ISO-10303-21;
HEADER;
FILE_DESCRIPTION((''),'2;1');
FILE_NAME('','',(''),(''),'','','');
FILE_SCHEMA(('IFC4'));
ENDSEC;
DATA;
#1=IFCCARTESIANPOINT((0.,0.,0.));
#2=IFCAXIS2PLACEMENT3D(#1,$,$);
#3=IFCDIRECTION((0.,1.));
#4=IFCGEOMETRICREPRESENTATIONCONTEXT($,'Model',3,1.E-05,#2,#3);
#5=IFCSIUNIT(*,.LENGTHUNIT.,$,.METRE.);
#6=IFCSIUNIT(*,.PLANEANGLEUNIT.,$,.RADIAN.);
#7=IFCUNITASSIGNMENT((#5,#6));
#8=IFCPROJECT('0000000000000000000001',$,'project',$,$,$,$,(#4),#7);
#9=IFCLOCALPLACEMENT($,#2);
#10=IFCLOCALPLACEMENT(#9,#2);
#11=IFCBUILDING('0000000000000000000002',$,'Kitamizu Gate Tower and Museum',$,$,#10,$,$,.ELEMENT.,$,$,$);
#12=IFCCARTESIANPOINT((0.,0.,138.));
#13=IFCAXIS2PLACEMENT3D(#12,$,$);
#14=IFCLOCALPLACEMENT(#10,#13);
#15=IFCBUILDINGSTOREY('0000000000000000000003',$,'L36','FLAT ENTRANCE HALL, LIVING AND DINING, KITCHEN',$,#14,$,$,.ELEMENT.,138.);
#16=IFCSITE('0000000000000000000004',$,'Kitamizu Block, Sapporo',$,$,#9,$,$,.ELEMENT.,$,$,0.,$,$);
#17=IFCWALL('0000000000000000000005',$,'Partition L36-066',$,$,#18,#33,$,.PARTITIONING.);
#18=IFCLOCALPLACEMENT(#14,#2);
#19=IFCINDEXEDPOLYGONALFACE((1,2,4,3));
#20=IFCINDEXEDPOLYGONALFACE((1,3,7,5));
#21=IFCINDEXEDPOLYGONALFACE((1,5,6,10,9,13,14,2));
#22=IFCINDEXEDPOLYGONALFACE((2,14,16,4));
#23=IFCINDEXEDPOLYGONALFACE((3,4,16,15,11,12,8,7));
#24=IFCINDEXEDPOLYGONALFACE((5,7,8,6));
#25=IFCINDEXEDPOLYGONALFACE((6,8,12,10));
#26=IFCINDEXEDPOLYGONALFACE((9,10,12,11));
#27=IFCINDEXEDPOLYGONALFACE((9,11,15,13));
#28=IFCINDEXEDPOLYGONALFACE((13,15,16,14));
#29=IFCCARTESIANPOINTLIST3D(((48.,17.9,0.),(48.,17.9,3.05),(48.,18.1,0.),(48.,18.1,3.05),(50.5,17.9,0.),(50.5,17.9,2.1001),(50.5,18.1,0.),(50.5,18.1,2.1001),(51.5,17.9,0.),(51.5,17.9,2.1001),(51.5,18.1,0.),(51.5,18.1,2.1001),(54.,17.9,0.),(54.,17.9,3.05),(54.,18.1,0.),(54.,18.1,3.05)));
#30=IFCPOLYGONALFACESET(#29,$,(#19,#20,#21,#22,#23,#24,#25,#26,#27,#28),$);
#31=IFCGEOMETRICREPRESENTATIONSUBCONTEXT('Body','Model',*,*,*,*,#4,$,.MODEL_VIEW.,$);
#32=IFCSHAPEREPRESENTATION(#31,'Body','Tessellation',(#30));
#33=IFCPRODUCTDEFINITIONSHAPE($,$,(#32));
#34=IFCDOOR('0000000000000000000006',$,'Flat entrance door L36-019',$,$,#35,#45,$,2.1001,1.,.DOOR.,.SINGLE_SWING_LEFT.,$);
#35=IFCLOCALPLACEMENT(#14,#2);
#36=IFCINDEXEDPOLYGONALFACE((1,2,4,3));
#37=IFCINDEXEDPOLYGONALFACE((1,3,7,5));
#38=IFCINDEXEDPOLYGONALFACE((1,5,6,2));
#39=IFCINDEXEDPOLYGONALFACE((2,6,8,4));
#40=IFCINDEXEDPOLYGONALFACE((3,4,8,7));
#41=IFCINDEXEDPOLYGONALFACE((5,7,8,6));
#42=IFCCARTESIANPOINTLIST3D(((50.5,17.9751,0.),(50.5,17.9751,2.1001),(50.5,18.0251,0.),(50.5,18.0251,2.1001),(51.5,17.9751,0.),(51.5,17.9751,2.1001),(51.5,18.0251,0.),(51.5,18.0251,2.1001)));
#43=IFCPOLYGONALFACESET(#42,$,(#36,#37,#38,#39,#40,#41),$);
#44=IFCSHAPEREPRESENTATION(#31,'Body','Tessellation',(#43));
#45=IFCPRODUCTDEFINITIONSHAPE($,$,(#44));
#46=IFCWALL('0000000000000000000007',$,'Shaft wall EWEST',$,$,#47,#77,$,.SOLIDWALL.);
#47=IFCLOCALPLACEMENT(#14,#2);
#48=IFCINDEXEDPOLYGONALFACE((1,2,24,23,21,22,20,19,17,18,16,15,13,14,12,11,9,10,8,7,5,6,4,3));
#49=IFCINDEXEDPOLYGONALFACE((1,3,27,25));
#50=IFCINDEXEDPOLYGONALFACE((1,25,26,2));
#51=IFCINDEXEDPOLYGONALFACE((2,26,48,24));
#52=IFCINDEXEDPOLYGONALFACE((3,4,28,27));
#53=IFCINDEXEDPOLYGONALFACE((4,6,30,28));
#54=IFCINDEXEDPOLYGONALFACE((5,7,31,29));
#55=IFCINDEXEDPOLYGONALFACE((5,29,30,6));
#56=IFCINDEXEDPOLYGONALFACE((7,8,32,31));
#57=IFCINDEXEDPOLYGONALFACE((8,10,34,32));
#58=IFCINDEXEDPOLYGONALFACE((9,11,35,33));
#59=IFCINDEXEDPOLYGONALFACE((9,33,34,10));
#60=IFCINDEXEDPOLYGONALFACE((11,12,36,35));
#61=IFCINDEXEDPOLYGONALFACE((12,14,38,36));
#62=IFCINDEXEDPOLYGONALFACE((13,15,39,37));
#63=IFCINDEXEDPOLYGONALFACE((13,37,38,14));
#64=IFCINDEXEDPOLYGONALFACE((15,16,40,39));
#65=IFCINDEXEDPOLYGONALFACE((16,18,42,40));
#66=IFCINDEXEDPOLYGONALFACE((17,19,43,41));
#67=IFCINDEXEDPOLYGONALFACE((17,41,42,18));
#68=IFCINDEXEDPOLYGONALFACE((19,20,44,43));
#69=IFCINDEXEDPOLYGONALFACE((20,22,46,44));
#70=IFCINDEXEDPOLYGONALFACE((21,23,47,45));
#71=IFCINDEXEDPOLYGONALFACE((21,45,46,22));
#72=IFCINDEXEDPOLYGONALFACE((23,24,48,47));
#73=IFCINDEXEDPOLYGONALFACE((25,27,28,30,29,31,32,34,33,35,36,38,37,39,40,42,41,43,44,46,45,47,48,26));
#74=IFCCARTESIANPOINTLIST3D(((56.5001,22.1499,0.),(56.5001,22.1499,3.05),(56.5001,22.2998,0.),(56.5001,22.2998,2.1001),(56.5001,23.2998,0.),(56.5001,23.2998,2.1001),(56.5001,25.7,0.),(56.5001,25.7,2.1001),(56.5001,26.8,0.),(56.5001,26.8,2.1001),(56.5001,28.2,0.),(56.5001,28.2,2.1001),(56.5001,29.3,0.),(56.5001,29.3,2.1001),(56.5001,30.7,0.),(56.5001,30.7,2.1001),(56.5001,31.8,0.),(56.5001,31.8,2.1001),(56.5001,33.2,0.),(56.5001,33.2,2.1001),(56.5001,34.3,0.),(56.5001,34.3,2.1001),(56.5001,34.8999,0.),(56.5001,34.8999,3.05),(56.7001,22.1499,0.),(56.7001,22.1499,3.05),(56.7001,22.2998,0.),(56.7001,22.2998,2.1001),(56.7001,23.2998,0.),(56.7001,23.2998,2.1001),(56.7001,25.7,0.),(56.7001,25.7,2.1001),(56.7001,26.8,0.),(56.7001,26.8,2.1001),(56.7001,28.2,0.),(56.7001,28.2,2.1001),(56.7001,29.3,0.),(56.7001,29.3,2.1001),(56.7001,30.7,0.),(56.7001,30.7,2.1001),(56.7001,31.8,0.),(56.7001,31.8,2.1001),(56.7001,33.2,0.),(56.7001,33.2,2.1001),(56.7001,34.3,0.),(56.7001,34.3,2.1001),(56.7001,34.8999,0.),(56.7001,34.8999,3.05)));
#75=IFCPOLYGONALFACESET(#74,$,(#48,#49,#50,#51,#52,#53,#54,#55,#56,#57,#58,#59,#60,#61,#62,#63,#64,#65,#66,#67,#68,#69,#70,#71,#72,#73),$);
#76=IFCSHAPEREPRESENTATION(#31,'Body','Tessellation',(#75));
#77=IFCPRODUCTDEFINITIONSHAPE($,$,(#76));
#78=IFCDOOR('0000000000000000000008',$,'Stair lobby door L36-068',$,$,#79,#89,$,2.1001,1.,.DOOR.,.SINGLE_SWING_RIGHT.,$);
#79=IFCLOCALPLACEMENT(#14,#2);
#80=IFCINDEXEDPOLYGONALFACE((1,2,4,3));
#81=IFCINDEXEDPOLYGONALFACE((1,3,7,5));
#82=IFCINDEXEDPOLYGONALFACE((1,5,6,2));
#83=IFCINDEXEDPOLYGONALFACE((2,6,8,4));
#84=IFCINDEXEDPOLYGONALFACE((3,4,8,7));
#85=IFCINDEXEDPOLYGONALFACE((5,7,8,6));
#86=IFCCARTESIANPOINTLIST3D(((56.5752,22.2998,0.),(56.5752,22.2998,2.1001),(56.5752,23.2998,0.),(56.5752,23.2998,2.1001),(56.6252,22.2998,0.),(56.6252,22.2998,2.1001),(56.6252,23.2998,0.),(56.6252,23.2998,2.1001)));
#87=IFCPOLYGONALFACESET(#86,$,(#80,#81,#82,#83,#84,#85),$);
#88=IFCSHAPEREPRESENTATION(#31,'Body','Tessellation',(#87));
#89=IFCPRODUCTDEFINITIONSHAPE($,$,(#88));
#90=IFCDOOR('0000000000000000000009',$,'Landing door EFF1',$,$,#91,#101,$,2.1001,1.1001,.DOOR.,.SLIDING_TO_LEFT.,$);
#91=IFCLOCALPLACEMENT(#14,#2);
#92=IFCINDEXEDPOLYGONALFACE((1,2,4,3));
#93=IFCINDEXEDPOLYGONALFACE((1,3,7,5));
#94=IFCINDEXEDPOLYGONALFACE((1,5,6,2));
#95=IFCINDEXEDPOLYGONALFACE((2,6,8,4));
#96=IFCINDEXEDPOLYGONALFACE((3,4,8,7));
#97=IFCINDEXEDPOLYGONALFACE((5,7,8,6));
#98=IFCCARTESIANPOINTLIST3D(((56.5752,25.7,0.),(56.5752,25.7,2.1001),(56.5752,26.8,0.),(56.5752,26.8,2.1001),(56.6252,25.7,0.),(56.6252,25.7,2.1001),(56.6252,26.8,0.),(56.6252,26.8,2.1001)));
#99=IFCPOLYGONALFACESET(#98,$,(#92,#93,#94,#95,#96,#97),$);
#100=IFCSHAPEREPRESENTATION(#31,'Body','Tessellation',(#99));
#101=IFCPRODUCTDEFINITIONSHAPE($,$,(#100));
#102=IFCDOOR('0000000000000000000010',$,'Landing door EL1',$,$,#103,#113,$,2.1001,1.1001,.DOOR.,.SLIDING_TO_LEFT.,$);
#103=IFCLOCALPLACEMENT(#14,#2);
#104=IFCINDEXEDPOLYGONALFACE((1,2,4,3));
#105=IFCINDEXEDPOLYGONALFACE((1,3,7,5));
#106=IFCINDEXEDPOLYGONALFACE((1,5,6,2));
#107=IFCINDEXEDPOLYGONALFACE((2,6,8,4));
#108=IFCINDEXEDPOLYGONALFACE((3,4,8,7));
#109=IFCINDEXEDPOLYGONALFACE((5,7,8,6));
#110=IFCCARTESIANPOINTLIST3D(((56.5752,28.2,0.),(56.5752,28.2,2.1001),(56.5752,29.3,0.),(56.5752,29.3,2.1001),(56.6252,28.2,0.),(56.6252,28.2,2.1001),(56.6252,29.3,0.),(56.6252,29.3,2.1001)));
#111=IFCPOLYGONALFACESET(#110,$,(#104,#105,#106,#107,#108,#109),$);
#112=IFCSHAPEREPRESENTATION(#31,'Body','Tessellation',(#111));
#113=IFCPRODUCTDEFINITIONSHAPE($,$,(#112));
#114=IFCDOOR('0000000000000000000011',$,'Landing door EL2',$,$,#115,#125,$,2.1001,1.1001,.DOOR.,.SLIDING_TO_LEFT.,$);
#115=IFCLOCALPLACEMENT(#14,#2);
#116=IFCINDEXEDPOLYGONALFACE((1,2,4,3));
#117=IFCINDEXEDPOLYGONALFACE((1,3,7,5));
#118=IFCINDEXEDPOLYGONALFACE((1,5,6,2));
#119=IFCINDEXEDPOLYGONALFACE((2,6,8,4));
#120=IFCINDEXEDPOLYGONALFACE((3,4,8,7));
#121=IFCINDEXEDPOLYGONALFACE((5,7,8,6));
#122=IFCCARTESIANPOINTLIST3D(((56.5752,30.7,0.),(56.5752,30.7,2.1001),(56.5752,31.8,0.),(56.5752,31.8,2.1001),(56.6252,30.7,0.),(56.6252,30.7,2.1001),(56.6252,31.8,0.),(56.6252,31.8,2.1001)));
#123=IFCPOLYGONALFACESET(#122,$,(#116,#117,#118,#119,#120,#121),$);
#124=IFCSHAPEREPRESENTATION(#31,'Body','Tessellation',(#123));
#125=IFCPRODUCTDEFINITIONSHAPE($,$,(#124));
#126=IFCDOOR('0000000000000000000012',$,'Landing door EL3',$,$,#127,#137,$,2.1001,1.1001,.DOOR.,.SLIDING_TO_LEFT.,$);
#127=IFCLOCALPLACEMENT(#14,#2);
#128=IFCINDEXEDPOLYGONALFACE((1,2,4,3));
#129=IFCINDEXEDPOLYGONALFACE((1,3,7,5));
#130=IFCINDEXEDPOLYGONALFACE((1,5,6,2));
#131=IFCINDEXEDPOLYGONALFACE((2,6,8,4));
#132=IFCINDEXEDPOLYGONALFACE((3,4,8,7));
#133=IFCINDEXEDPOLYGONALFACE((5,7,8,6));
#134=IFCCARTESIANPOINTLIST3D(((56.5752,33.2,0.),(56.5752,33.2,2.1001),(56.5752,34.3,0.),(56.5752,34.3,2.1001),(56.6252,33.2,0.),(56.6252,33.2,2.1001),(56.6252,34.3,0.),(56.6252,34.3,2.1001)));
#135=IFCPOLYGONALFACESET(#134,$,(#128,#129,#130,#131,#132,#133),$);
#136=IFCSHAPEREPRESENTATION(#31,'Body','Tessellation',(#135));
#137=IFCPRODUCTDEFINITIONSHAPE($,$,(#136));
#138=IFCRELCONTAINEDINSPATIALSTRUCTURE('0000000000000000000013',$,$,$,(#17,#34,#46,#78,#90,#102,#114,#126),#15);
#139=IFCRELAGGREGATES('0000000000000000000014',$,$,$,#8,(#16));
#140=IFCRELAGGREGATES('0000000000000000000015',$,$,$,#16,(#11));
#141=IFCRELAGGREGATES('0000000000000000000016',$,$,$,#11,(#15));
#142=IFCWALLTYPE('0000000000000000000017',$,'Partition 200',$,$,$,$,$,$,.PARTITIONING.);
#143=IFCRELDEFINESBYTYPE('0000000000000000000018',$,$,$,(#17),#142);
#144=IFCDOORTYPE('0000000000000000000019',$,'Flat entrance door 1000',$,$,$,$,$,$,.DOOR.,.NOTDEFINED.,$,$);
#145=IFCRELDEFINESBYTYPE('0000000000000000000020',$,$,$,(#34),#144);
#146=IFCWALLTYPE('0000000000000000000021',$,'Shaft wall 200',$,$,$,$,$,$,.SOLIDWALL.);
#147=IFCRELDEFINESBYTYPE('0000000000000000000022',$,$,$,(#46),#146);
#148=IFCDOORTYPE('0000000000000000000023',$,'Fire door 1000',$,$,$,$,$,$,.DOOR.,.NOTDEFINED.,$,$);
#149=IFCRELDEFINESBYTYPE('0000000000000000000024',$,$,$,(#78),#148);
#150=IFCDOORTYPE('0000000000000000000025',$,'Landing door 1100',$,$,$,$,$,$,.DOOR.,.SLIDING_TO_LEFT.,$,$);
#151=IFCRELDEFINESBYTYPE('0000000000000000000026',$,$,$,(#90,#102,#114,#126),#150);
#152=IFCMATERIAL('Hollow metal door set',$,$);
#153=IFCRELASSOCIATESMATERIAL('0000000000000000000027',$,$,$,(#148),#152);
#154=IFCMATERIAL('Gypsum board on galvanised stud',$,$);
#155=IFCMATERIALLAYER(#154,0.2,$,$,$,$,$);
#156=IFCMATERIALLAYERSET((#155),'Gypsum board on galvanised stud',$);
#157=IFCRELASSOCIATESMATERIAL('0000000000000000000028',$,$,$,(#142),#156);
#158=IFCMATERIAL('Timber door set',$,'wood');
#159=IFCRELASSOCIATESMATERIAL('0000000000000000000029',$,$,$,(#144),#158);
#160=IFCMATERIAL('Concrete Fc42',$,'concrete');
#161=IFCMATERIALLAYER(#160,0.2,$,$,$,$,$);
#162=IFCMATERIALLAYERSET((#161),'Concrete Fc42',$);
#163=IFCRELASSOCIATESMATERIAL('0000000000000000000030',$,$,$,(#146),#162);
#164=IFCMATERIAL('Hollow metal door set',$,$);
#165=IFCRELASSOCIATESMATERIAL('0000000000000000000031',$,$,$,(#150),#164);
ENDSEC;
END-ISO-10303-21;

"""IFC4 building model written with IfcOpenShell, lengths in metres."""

from ifc_helpers import new_model, si_unit, direction, frame, frame_2d, origin, place, context, subcontext, project, spatial, rectangle, extrude, material, layer, layer_set, type_object, element, fill, save


model = new_model("IFC4")

# Units and contexts
model_context = context("Model", 3, precision=1e-05, world=origin(), true_north=direction((0.0, 1.0)))
body_context = subcontext(model_context, "Body", "Model", "MODEL_VIEW")
ifc_project = project(units=[si_unit("LENGTHUNIT", "METRE"), si_unit("PLANEANGLEUNIT", "RADIAN")], contexts=[model_context])

# Site, building, storey
site_placement = place(None, origin())
site = spatial("IfcSite", under=ifc_project, at=site_placement, Name="Kitamizu Block, Sapporo", CompositionType="ELEMENT", RefElevation=0.0)
building_placement = place(site_placement, origin())
building = spatial("IfcBuilding", under=site, at=building_placement, Name="Kitamizu Gate Tower and Museum", CompositionType="ELEMENT")
storey_placement = place(building_placement, frame((0.0, 0.0, 138.0)))
storey = spatial("IfcBuildingStorey", under=building, at=storey_placement, Name="L36", Description="FLAT ENTRANCE HALL, LIVING AND DINING, KITCHEN", CompositionType="ELEMENT", Elevation=138.0)

# Shared definitions
ifc_material_1 = material(Name="Hollow metal door set")
door_type_1 = type_object("IfcDoorType", Name="Fire door 1000", OperationType="NOTDEFINED", PredefinedType="DOOR", material=ifc_material_1)

# Wall, opening, door
ifc_material_2 = material(Name="Gypsum board on galvanised stud")
ifc_layer_1 = layer(ifc_material_2, 0.2)
ifc_layer_set_1 = layer_set([ifc_layer_1], Name="Gypsum board on galvanised stud")
wall_type_1 = type_object("IfcWallType", Name="Partition 200", PredefinedType="PARTITIONING", material=ifc_layer_set_1)
wall_1_placement = place(storey_placement, frame((54.0, 18.0, 0.0), z_axis=(0.0, 0.0, 1.0), x_axis=(-1.0, 0.0, 0.0)))
wall_1 = element("IfcWall", 1, at=wall_1_placement, inside=storey, type_object=wall_type_1, Name="Partition L36-066", PredefinedType="PARTITIONING", context=body_context, shape_type="SweptSolid", body=[
    extrude(rectangle(XDim=6.0, YDim=0.2, at=frame_2d((3.0, 0.0))), origin(), (0.0, 0.0, 1.0), 3.05),
])
opening_1_placement = place(wall_1_placement, frame((2.5, 0.0, 0.0)))
opening_1 = element("IfcOpeningElement", 2, at=opening_1_placement, cuts=wall_1, PredefinedType="OPENING", context=body_context, shape_type="SweptSolid", body=[
    extrude(rectangle(XDim=1.0, YDim=2.1001, at=frame_2d((0.5, 1.05))), frame((0.0, 0.1099, 0.0), z_axis=(0.0, -1.0, 0.0), x_axis=(1.0, 0.0, 0.0)), (0.0, 0.0, 1.0), 0.22),
])
ifc_material_3 = material(Name="Timber door set", Category="wood")
door_type_2 = type_object("IfcDoorType", Name="Flat entrance door 1000", OperationType="NOTDEFINED", PredefinedType="DOOR", material=ifc_material_3)
door_1_placement = place(opening_1_placement, origin())
door_1 = element("IfcDoor", 3, at=door_1_placement, inside=storey, type_object=door_type_2, Name="Flat entrance door L36-019", OperationType="SINGLE_SWING_LEFT", OverallHeight=2.1001, OverallWidth=1.0, PredefinedType="DOOR", context=body_context, shape_type="SweptSolid", body=[
    extrude(rectangle(XDim=1.0, YDim=2.1001, at=frame_2d((0.5, 1.05))), frame((0.0, 0.0249, 0.0), z_axis=(0.0, -1.0, 0.0), x_axis=(1.0, 0.0, 0.0)), (0.0, 0.0, 1.0), 0.05),
])
fill(opening_1, door_1)

# Wall, openings, doors
ifc_material_4 = material(Name="Concrete Fc42", Category="concrete")
ifc_layer_2 = layer(ifc_material_4, 0.2)
ifc_layer_set_2 = layer_set([ifc_layer_2], Name="Concrete Fc42")
wall_type_2 = type_object("IfcWallType", Name="Shaft wall 200", PredefinedType="SOLIDWALL", material=ifc_layer_set_2)
wall_2_placement = place(storey_placement, frame((56.6001, 22.1499, 0.0), z_axis=(0.0, 0.0, 1.0), x_axis=(0.0, 1.0, 0.0)))
wall_2 = element("IfcWall", 4, at=wall_2_placement, inside=storey, type_object=wall_type_2, Name="Shaft wall EWEST", PredefinedType="SOLIDWALL", context=body_context, shape_type="SweptSolid", body=[
    extrude(rectangle(XDim=12.75, YDim=0.2, at=frame_2d((6.375, 0.0))), origin(), (0.0, 0.0, 1.0), 3.05),
])
opening_2_placement = place(wall_2_placement, frame((3.55, 0.0, 0.0)))
opening_2 = element("IfcOpeningElement", 5, at=opening_2_placement, cuts=wall_2, PredefinedType="OPENING", context=body_context, shape_type="SweptSolid", body=[
    extrude(rectangle(XDim=1.1001, YDim=2.1001, at=frame_2d((0.55, 1.05))), frame((0.0, 0.1099, 0.0), z_axis=(0.0, -1.0, 0.0), x_axis=(1.0, 0.0, 0.0)), (0.0, 0.0, 1.0), 0.22),
])
opening_3_placement = place(wall_2_placement, frame((6.05, 0.0, 0.0)))
opening_3 = element("IfcOpeningElement", 6, at=opening_3_placement, cuts=wall_2, PredefinedType="OPENING", context=body_context, shape_type="SweptSolid", body=[
    extrude(rectangle(XDim=1.1001, YDim=2.1001, at=frame_2d((0.55, 1.05))), frame((0.0, 0.1099, 0.0), z_axis=(0.0, -1.0, 0.0), x_axis=(1.0, 0.0, 0.0)), (0.0, 0.0, 1.0), 0.22),
])
opening_4_placement = place(wall_2_placement, frame((8.55, 0.0, 0.0)))
opening_4 = element("IfcOpeningElement", 7, at=opening_4_placement, cuts=wall_2, PredefinedType="OPENING", context=body_context, shape_type="SweptSolid", body=[
    extrude(rectangle(XDim=1.1001, YDim=2.1001, at=frame_2d((0.55, 1.05))), frame((0.0, 0.1099, 0.0), z_axis=(0.0, -1.0, 0.0), x_axis=(1.0, 0.0, 0.0)), (0.0, 0.0, 1.0), 0.22),
])
opening_5_placement = place(wall_2_placement, frame((11.05, 0.0, 0.0)))
opening_5 = element("IfcOpeningElement", 8, at=opening_5_placement, cuts=wall_2, PredefinedType="OPENING", context=body_context, shape_type="SweptSolid", body=[
    extrude(rectangle(XDim=1.1001, YDim=2.1001, at=frame_2d((0.55, 1.05))), frame((0.0, 0.1099, 0.0), z_axis=(0.0, -1.0, 0.0), x_axis=(1.0, 0.0, 0.0)), (0.0, 0.0, 1.0), 0.22),
])
opening_6_placement = place(wall_2_placement, frame((0.1499, 0.0, 0.0)))
opening_6 = element("IfcOpeningElement", 9, at=opening_6_placement, cuts=wall_2, PredefinedType="OPENING", context=body_context, shape_type="SweptSolid", body=[
    extrude(rectangle(XDim=1.0, YDim=2.1001, at=frame_2d((0.5, 1.05))), frame((0.0, 0.1099, 0.0), z_axis=(0.0, -1.0, 0.0), x_axis=(1.0, 0.0, 0.0)), (0.0, 0.0, 1.0), 0.22),
])
door_2_placement = place(opening_6_placement, origin())
door_2 = element("IfcDoor", 10, at=door_2_placement, inside=storey, type_object=door_type_1, Name="Stair lobby door L36-068", OperationType="SINGLE_SWING_RIGHT", OverallHeight=2.1001, OverallWidth=1.0, PredefinedType="DOOR", context=body_context, shape_type="SweptSolid", body=[
    extrude(rectangle(XDim=1.0, YDim=2.1001, at=frame_2d((0.5, 1.05))), frame((0.0, 0.0249, 0.0), z_axis=(0.0, -1.0, 0.0), x_axis=(1.0, 0.0, 0.0)), (0.0, 0.0, 1.0), 0.05),
])
fill(opening_6, door_2)
ifc_material_5 = material(Name="Hollow metal door set")
door_type_3 = type_object("IfcDoorType", Name="Landing door 1100", OperationType="SLIDING_TO_LEFT", PredefinedType="DOOR", material=ifc_material_5)
door_3_placement = place(opening_2_placement, origin())
door_3 = element("IfcDoor", 11, at=door_3_placement, inside=storey, type_object=door_type_3, Name="Landing door EFF1", OperationType="SLIDING_TO_LEFT", OverallHeight=2.1001, OverallWidth=1.1001, PredefinedType="DOOR", context=body_context, shape_type="SweptSolid", body=[
    extrude(rectangle(XDim=1.1001, YDim=2.1001, at=frame_2d((0.55, 1.05))), frame((0.0, 0.0249, 0.0), z_axis=(0.0, -1.0, 0.0), x_axis=(1.0, 0.0, 0.0)), (0.0, 0.0, 1.0), 0.05),
])
fill(opening_2, door_3)
door_4_placement = place(opening_3_placement, origin())
door_4 = element("IfcDoor", 12, at=door_4_placement, inside=storey, type_object=door_type_3, Name="Landing door EL1", OperationType="SLIDING_TO_LEFT", OverallHeight=2.1001, OverallWidth=1.1001, PredefinedType="DOOR", context=body_context, shape_type="SweptSolid", body=[
    extrude(rectangle(XDim=1.1001, YDim=2.1001, at=frame_2d((0.55, 1.05))), frame((0.0, 0.0249, 0.0), z_axis=(0.0, -1.0, 0.0), x_axis=(1.0, 0.0, 0.0)), (0.0, 0.0, 1.0), 0.05),
])
fill(opening_3, door_4)
door_5_placement = place(opening_4_placement, origin())
door_5 = element("IfcDoor", 13, at=door_5_placement, inside=storey, type_object=door_type_3, Name="Landing door EL2", OperationType="SLIDING_TO_LEFT", OverallHeight=2.1001, OverallWidth=1.1001, PredefinedType="DOOR", context=body_context, shape_type="SweptSolid", body=[
    extrude(rectangle(XDim=1.1001, YDim=2.1001, at=frame_2d((0.55, 1.05))), frame((0.0, 0.0249, 0.0), z_axis=(0.0, -1.0, 0.0), x_axis=(1.0, 0.0, 0.0)), (0.0, 0.0, 1.0), 0.05),
])
fill(opening_4, door_5)
door_6_placement = place(opening_5_placement, origin())
door_6 = element("IfcDoor", 14, at=door_6_placement, inside=storey, type_object=door_type_3, Name="Landing door EL3", OperationType="SLIDING_TO_LEFT", OverallHeight=2.1001, OverallWidth=1.1001, PredefinedType="DOOR", context=body_context, shape_type="SweptSolid", body=[
    extrude(rectangle(XDim=1.1001, YDim=2.1001, at=frame_2d((0.55, 1.05))), frame((0.0, 0.0249, 0.0), z_axis=(0.0, -1.0, 0.0), x_axis=(1.0, 0.0, 0.0)), (0.0, 0.0, 1.0), 0.05),
])
fill(opening_5, door_6)

save(model, "model.ifc")
